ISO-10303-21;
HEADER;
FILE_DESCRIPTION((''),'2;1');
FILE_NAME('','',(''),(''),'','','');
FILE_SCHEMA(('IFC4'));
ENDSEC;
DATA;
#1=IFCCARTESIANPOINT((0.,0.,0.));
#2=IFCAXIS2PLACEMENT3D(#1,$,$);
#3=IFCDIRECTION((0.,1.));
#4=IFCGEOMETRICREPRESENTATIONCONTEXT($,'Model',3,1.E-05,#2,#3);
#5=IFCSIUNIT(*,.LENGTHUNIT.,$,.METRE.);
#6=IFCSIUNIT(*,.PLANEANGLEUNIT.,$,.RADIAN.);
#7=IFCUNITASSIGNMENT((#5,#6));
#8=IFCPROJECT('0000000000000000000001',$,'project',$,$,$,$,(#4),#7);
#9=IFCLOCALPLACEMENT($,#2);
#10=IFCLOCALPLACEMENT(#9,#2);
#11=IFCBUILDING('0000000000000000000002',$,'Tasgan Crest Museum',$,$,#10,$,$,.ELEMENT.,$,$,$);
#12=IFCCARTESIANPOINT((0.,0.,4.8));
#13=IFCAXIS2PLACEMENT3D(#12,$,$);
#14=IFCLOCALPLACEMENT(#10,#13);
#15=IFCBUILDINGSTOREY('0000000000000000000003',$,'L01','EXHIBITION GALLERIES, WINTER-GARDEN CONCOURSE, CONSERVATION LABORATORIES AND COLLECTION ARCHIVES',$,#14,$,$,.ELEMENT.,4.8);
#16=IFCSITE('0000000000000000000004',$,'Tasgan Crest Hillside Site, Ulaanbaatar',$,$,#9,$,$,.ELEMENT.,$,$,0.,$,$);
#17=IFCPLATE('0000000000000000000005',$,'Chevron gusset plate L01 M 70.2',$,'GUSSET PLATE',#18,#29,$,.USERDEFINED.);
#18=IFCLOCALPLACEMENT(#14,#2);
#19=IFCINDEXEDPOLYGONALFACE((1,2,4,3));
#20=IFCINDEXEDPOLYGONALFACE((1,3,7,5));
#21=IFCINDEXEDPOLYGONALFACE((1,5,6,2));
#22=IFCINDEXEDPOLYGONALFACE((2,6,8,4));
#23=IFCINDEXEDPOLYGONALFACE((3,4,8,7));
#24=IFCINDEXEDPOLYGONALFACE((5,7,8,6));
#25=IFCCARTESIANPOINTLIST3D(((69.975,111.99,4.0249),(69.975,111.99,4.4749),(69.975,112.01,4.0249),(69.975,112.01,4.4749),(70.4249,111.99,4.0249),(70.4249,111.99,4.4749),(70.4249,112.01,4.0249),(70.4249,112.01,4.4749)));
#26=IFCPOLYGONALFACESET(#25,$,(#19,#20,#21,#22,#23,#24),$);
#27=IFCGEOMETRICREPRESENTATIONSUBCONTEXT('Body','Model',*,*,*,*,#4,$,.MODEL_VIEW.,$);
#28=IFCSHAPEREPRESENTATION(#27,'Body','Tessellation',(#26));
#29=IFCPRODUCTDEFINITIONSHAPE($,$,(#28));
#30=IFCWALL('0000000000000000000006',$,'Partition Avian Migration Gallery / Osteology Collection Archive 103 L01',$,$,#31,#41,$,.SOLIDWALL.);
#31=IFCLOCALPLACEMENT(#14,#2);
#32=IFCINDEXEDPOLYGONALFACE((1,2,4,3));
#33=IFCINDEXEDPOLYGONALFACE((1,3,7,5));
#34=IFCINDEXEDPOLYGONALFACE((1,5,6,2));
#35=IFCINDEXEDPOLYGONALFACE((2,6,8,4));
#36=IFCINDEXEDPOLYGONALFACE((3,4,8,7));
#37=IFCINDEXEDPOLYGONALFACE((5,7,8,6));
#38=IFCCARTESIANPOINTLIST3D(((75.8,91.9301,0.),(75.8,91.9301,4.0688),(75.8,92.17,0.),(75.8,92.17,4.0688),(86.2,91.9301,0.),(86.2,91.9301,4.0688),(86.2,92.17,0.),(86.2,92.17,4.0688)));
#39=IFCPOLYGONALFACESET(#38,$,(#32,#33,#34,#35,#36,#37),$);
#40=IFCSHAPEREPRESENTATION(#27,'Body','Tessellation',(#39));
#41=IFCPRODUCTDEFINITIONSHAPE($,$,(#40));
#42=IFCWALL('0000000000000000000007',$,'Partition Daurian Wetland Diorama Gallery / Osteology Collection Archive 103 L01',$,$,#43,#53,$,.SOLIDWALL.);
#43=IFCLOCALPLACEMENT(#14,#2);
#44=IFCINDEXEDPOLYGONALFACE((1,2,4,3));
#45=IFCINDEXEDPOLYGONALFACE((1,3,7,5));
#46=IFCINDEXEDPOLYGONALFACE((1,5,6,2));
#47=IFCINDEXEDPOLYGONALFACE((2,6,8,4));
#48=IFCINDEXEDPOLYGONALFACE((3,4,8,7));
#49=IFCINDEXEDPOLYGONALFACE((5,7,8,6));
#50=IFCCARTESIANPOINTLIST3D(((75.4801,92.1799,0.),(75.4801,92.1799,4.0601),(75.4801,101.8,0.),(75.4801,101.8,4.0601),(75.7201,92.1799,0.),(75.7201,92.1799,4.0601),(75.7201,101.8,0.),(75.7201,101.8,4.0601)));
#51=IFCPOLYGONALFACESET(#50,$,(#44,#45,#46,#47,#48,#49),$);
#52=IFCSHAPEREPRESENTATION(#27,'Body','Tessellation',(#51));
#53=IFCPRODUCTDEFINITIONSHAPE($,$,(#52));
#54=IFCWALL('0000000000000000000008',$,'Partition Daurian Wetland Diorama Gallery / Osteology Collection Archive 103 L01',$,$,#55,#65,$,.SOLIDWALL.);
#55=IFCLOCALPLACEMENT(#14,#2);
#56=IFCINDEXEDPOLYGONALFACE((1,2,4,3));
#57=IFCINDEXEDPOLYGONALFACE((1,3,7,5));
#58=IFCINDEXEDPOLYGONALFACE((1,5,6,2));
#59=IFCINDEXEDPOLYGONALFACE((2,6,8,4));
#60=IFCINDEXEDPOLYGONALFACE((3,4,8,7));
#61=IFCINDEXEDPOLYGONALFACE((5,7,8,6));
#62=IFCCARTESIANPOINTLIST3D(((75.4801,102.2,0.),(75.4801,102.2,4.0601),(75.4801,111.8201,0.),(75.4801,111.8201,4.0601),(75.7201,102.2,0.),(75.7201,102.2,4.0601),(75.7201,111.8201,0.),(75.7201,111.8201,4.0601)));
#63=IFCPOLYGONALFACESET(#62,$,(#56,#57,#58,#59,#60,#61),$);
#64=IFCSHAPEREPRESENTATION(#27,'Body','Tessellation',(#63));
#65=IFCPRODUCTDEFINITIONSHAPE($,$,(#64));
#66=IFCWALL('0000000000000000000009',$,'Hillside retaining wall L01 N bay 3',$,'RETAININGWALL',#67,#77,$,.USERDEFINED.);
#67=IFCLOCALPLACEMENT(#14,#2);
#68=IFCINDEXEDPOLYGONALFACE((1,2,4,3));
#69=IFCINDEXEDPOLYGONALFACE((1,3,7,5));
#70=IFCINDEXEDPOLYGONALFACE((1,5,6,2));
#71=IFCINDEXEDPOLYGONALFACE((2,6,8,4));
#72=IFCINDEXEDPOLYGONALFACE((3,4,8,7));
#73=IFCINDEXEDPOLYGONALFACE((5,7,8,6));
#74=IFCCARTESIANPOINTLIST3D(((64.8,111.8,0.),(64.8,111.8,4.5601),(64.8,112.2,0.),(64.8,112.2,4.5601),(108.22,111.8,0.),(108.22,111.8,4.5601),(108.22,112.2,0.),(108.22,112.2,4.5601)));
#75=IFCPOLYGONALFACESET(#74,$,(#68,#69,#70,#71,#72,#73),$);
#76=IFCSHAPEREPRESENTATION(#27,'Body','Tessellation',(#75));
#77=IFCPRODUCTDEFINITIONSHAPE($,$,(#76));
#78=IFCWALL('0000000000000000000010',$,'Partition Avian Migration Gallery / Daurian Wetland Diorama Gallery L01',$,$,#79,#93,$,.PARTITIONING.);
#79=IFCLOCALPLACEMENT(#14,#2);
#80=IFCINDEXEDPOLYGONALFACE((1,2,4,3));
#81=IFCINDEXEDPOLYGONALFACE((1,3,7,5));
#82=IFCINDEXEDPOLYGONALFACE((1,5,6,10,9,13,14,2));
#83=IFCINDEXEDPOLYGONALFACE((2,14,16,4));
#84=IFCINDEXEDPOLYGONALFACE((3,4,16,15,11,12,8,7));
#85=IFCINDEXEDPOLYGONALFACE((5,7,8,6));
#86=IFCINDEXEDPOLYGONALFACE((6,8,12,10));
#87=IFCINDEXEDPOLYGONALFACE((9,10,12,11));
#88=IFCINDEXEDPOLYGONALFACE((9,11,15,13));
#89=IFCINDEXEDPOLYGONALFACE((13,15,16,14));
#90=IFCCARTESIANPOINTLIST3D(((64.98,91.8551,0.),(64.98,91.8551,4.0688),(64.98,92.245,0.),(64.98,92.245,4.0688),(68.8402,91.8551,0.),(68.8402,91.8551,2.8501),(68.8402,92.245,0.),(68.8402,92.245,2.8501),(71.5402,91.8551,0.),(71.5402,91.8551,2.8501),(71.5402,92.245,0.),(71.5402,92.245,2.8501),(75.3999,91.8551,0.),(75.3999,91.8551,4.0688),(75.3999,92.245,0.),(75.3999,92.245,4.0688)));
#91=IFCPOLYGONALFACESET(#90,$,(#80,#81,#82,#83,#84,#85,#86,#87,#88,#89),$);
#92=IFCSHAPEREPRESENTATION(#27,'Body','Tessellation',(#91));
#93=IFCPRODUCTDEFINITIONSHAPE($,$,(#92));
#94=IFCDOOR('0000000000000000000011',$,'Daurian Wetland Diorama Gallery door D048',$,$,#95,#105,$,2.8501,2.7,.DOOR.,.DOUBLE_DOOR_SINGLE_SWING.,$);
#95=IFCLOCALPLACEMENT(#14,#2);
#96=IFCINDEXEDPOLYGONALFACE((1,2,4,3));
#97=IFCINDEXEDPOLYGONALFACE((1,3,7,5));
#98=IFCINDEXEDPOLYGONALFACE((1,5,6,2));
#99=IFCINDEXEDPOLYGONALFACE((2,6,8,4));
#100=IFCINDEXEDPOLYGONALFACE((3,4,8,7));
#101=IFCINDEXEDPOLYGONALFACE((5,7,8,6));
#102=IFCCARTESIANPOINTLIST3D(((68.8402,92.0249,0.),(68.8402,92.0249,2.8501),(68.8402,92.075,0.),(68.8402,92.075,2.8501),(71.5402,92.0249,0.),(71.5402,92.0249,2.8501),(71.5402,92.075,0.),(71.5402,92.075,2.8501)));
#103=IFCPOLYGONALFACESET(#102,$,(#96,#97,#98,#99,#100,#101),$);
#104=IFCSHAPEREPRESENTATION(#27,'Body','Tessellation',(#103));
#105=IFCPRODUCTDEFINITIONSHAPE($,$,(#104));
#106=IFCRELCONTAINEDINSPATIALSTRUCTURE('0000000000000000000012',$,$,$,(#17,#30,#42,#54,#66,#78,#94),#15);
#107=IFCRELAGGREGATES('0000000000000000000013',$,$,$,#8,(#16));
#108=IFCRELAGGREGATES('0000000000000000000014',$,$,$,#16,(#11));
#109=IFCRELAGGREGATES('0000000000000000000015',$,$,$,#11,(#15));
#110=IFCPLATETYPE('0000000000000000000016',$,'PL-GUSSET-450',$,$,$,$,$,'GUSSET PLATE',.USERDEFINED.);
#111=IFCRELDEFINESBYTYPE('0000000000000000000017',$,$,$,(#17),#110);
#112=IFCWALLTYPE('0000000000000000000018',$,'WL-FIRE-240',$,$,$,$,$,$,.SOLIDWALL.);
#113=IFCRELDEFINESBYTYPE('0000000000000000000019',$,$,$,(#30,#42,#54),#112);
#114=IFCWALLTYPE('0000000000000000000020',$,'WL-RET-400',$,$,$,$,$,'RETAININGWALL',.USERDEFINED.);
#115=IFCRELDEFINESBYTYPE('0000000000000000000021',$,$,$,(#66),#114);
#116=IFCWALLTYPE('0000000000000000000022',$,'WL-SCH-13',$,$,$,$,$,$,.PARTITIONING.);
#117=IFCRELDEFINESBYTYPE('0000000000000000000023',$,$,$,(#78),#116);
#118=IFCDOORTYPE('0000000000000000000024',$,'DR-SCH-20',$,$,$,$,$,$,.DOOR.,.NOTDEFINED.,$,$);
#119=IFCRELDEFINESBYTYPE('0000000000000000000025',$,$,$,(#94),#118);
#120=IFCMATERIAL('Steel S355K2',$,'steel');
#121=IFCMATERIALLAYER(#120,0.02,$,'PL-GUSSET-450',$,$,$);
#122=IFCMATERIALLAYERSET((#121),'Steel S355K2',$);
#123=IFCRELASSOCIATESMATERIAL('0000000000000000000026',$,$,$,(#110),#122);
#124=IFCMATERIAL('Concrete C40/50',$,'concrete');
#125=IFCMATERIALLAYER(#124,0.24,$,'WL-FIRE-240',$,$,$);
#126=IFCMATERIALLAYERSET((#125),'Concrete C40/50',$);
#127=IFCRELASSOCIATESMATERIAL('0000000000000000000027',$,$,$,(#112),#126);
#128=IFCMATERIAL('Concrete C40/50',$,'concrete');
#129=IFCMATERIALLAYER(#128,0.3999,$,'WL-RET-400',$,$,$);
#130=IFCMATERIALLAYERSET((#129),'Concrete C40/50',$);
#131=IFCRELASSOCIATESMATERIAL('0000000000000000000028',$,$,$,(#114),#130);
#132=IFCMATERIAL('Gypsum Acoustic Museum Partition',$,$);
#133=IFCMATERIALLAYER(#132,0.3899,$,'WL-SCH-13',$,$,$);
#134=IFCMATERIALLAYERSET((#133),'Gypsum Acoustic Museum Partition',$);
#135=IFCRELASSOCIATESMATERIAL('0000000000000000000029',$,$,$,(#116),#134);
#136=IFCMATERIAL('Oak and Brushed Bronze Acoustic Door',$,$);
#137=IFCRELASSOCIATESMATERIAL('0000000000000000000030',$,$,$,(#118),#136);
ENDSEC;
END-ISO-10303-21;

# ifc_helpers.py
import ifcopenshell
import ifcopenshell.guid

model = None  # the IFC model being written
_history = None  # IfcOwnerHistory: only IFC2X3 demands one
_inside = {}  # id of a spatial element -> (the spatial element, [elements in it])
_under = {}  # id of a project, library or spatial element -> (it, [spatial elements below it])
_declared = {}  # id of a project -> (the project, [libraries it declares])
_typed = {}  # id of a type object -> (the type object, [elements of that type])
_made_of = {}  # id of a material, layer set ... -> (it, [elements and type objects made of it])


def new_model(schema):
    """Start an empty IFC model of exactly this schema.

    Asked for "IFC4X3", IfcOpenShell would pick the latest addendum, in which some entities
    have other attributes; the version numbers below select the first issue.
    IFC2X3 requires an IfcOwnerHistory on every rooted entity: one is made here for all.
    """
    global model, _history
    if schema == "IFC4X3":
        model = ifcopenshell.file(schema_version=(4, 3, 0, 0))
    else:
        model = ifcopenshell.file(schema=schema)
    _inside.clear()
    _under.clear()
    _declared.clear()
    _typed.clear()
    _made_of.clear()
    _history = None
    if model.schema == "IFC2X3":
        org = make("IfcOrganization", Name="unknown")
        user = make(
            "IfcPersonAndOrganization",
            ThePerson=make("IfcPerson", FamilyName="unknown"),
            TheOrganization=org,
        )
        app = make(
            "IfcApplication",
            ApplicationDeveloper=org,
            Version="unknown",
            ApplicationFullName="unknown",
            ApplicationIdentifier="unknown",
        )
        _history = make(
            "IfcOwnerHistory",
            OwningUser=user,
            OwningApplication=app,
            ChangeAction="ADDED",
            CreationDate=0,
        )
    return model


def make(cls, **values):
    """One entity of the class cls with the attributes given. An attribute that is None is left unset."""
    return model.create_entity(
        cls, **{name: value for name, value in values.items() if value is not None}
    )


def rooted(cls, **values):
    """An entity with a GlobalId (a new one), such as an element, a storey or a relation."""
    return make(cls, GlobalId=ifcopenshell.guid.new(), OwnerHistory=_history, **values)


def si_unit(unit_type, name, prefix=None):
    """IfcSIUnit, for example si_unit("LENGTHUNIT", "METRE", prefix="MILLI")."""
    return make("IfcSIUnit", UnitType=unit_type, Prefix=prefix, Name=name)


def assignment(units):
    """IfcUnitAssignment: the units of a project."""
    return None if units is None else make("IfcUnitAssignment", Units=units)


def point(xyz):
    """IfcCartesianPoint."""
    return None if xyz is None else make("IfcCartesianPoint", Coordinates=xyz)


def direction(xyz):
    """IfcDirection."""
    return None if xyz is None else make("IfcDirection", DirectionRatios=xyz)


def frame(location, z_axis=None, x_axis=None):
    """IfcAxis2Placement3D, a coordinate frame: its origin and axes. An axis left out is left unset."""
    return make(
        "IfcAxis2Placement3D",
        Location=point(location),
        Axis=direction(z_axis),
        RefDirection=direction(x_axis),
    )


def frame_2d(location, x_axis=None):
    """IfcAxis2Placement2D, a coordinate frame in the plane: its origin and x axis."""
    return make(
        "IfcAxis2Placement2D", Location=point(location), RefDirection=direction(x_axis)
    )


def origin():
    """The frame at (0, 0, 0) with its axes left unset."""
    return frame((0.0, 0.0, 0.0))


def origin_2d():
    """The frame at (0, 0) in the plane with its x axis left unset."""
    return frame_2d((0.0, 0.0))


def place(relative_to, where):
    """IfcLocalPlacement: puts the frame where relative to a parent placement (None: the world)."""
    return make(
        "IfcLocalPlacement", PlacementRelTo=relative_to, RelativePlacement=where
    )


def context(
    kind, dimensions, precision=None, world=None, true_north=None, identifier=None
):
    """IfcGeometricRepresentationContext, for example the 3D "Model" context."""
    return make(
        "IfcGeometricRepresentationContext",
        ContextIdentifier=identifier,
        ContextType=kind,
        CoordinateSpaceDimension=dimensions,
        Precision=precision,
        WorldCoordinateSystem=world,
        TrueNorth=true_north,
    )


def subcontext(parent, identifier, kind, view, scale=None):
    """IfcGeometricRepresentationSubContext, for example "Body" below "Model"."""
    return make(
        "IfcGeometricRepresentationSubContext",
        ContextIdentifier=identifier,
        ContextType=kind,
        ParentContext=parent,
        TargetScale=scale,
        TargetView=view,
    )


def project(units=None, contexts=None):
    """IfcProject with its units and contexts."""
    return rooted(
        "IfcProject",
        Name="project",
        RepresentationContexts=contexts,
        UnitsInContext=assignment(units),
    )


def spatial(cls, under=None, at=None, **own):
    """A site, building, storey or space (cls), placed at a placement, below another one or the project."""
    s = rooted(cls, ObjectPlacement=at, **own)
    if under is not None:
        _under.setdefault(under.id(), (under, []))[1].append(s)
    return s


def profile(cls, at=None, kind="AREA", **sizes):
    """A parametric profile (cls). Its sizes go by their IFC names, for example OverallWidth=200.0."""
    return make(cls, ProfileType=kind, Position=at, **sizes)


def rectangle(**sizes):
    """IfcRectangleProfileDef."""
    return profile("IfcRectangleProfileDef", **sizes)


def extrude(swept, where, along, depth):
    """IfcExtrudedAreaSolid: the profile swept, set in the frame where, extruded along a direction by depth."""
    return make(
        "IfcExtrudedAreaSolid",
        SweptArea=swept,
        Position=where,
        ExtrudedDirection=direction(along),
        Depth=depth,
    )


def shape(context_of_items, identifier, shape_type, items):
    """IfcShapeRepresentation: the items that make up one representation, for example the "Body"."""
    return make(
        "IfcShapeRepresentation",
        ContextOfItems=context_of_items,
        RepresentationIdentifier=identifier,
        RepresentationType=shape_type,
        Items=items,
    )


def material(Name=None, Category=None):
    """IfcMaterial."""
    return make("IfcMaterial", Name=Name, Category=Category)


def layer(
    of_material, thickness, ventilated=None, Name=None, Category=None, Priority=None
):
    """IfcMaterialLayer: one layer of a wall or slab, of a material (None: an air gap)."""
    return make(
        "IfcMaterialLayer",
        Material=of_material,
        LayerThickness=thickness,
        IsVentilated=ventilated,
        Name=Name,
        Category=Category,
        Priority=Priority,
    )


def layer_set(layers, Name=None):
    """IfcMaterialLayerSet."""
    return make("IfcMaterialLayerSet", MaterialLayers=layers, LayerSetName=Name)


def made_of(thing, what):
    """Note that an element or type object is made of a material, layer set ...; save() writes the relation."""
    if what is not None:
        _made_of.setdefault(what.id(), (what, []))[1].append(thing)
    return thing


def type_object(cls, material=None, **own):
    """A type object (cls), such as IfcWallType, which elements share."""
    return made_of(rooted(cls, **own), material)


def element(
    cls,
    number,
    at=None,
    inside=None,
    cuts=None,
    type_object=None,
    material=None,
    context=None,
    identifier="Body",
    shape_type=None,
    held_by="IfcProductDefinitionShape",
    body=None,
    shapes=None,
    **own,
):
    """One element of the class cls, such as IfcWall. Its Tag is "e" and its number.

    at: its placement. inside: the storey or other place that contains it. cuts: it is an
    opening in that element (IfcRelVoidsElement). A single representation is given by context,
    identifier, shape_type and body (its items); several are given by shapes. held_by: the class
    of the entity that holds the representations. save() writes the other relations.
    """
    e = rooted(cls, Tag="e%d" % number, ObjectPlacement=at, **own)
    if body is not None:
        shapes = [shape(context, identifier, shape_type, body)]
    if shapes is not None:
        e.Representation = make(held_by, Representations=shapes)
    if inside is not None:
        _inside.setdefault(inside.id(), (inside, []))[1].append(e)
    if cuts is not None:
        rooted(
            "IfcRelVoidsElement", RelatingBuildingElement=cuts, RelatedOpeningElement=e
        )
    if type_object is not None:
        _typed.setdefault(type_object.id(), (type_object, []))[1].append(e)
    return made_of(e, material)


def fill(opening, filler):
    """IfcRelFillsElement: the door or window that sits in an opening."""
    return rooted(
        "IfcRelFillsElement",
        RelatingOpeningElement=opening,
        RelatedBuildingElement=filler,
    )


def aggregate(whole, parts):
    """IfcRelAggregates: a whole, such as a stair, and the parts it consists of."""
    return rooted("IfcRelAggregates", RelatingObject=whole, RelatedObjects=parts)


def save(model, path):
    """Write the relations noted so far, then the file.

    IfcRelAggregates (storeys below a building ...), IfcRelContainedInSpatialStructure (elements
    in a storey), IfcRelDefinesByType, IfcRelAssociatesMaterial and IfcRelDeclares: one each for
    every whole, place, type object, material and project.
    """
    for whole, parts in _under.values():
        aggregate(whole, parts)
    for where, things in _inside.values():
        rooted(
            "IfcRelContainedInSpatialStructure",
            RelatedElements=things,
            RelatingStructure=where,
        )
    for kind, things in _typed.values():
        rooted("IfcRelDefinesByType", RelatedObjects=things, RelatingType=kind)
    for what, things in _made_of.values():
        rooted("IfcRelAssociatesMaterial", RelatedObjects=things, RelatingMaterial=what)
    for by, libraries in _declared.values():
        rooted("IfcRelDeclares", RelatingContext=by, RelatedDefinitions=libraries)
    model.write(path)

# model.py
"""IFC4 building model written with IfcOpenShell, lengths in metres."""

from ifc_helpers import new_model, si_unit, direction, frame, frame_2d, origin, origin_2d, place, context, subcontext, project, spatial, rectangle, extrude, material, layer, layer_set, type_object, element, fill, save


model = new_model("IFC4")

# Units and contexts
model_context = context("Model", 3, precision=1e-05, world=origin(), true_north=direction((0.0, 1.0)))
body_context = subcontext(model_context, "Body", "Model", "MODEL_VIEW")
ifc_project = project(units=[si_unit("LENGTHUNIT", "METRE"), si_unit("PLANEANGLEUNIT", "RADIAN")], contexts=[model_context])

# Site, building, storey
site_placement = place(None, origin())
site = spatial("IfcSite", under=ifc_project, at=site_placement, Name="Tasgan Crest Hillside Site, Ulaanbaatar", CompositionType="ELEMENT", RefElevation=0.0)
building_placement = place(site_placement, origin())
building = spatial("IfcBuilding", under=site, at=building_placement, Name="Tasgan Crest Museum", CompositionType="ELEMENT")
storey_placement = place(building_placement, frame((0.0, 0.0, 4.8)))
storey = spatial("IfcBuildingStorey", under=building, at=storey_placement, Name="L01", Description="EXHIBITION GALLERIES, WINTER-GARDEN CONCOURSE, CONSERVATION LABORATORIES AND COLLECTION ARCHIVES", CompositionType="ELEMENT", Elevation=4.8)

# Plate
ifc_material_1 = material(Name="Steel S355K2", Category="steel")
ifc_layer_1 = layer(ifc_material_1, 0.02, Name="PL-GUSSET-450")
ifc_layer_set_1 = layer_set([ifc_layer_1], Name="Steel S355K2")
plate_type_1 = type_object("IfcPlateType", Name="PL-GUSSET-450", ElementType="GUSSET PLATE", PredefinedType="USERDEFINED", material=ifc_layer_set_1)
plate_1_placement = place(storey_placement, frame((70.2, 112.0, 4.0249), z_axis=(0.0, 0.0, 1.0), x_axis=(1.0, 0.0, 0.0)))
element("IfcPlate", 1, at=plate_1_placement, inside=storey, type_object=plate_type_1, Name="Chevron gusset plate L01 M 70.2", ObjectType="GUSSET PLATE", PredefinedType="USERDEFINED", context=body_context, shape_type="SweptSolid", body=[
    extrude(rectangle(XDim=0.45, YDim=0.02, at=origin_2d()), origin(), (0.0, 0.0, 1.0), 0.45),
])

# Walls
ifc_material_2 = material(Name="Concrete C40/50", Category="concrete")
ifc_layer_2 = layer(ifc_material_2, 0.24, Name="WL-FIRE-240")
ifc_layer_set_2 = layer_set([ifc_layer_2], Name="Concrete C40/50")
wall_type_1 = type_object("IfcWallType", Name="WL-FIRE-240", PredefinedType="SOLIDWALL", material=ifc_layer_set_2)
wall_1_placement = place(storey_placement, frame((75.8, 92.05, 0.0), z_axis=(0.0, 0.0, 1.0), x_axis=(1.0, 0.0, 0.0)))
element("IfcWall", 2, at=wall_1_placement, inside=storey, type_object=wall_type_1, Name="Partition Avian Migration Gallery / Osteology Collection Archive 103 L01", PredefinedType="SOLIDWALL", context=body_context, shape_type="SweptSolid", body=[
    extrude(rectangle(XDim=10.3999, YDim=0.24, at=frame_2d((5.2, 0.0))), origin(), (0.0, 0.0, 1.0), 4.0688),
])
for number, where, z_axis, x_axis, name in (
    (3, (75.6001, 92.1799, 0.0), (0.0, 0.0, 1.0), (0.0, 1.0, 0.0), "Partition Daurian Wetland Diorama Gallery / Osteology Collection Archive 103 L01"),
    (4, (75.6001, 102.2, 0.0), (0.0, 0.0, 1.0), (0.0, 1.0, 0.0), "Partition Daurian Wetland Diorama Gallery / Osteology Collection Archive 103 L01"),
):
    element("IfcWall", number, at=place(storey_placement, frame(where, z_axis=z_axis, x_axis=x_axis)), inside=storey, type_object=wall_type_1, Name=name, PredefinedType="SOLIDWALL", context=body_context, shape_type="SweptSolid", body=[
        extrude(rectangle(XDim=9.6201, YDim=0.24, at=frame_2d((4.8101, 0.0))), origin(), (0.0, 0.0, 1.0), 4.0601),
    ])
ifc_material_3 = material(Name="Concrete C40/50", Category="concrete")
ifc_layer_3 = layer(ifc_material_3, 0.3999, Name="WL-RET-400")
ifc_layer_set_3 = layer_set([ifc_layer_3], Name="Concrete C40/50")
wall_type_2 = type_object("IfcWallType", Name="WL-RET-400", ElementType="RETAININGWALL", PredefinedType="USERDEFINED", material=ifc_layer_set_3)
wall_2_placement = place(storey_placement, frame((64.8, 112.0, 0.0), z_axis=(0.0, 0.0, 1.0), x_axis=(1.0, 0.0, 0.0)))
element("IfcWall", 5, at=wall_2_placement, inside=storey, type_object=wall_type_2, Name="Hillside retaining wall L01 N bay 3", ObjectType="RETAININGWALL", PredefinedType="USERDEFINED", context=body_context, shape_type="SweptSolid", body=[
    extrude(rectangle(XDim=43.4199, YDim=0.3999, at=frame_2d((21.71, 0.0))), origin(), (0.0, 0.0, 1.0), 4.5601),
])

# Wall, opening, door
ifc_material_4 = material(Name="Gypsum Acoustic Museum Partition")
ifc_layer_4 = layer(ifc_material_4, 0.3899, Name="WL-SCH-13")
ifc_layer_set_4 = layer_set([ifc_layer_4], Name="Gypsum Acoustic Museum Partition")
wall_type_3 = type_object("IfcWallType", Name="WL-SCH-13", PredefinedType="PARTITIONING", material=ifc_layer_set_4)
wall_3_placement = place(storey_placement, frame((64.98, 92.05, 0.0), z_axis=(0.0, 0.0, 1.0), x_axis=(1.0, 0.0, 0.0)))
wall_3 = element("IfcWall", 6, at=wall_3_placement, inside=storey, type_object=wall_type_3, Name="Partition Avian Migration Gallery / Daurian Wetland Diorama Gallery L01", PredefinedType="PARTITIONING", context=body_context, shape_type="SweptSolid", body=[
    extrude(rectangle(XDim=10.4199, YDim=0.3899, at=frame_2d((5.21, 0.0))), origin(), (0.0, 0.0, 1.0), 4.0688),
])
opening_placement = place(wall_3_placement, frame((3.8601, 0.0, 0.0)))
opening = element("IfcOpeningElement", 7, at=opening_placement, cuts=wall_3, PredefinedType="OPENING", context=body_context, shape_type="SweptSolid", body=[
    extrude(rectangle(XDim=2.7, YDim=2.8501, at=frame_2d((1.3501, 1.425))), frame((0.0, 0.2048, 0.0), z_axis=(0.0, -1.0, 0.0), x_axis=(1.0, 0.0, 0.0)), (0.0, 0.0, 1.0), 0.4099),
])
ifc_material_5 = material(Name="Oak and Brushed Bronze Acoustic Door")
door_type = type_object("IfcDoorType", Name="DR-SCH-20", OperationType="NOTDEFINED", PredefinedType="DOOR", material=ifc_material_5)
door_placement = place(opening_placement, origin())
door = element("IfcDoor", 8, at=door_placement, inside=storey, type_object=door_type, Name="Daurian Wetland Diorama Gallery door D048", OperationType="DOUBLE_DOOR_SINGLE_SWING", OverallHeight=2.8501, OverallWidth=2.7, PredefinedType="DOOR", context=body_context, shape_type="SweptSolid", body=[
    extrude(rectangle(XDim=2.7, YDim=2.8501, at=frame_2d((1.3501, 1.425))), frame((0.0, 0.0249, 0.0), z_axis=(0.0, -1.0, 0.0), x_axis=(1.0, 0.0, 0.0)), (0.0, 0.0, 1.0), 0.05),
])
fill(opening, door)

save(model, "model.ifc")
